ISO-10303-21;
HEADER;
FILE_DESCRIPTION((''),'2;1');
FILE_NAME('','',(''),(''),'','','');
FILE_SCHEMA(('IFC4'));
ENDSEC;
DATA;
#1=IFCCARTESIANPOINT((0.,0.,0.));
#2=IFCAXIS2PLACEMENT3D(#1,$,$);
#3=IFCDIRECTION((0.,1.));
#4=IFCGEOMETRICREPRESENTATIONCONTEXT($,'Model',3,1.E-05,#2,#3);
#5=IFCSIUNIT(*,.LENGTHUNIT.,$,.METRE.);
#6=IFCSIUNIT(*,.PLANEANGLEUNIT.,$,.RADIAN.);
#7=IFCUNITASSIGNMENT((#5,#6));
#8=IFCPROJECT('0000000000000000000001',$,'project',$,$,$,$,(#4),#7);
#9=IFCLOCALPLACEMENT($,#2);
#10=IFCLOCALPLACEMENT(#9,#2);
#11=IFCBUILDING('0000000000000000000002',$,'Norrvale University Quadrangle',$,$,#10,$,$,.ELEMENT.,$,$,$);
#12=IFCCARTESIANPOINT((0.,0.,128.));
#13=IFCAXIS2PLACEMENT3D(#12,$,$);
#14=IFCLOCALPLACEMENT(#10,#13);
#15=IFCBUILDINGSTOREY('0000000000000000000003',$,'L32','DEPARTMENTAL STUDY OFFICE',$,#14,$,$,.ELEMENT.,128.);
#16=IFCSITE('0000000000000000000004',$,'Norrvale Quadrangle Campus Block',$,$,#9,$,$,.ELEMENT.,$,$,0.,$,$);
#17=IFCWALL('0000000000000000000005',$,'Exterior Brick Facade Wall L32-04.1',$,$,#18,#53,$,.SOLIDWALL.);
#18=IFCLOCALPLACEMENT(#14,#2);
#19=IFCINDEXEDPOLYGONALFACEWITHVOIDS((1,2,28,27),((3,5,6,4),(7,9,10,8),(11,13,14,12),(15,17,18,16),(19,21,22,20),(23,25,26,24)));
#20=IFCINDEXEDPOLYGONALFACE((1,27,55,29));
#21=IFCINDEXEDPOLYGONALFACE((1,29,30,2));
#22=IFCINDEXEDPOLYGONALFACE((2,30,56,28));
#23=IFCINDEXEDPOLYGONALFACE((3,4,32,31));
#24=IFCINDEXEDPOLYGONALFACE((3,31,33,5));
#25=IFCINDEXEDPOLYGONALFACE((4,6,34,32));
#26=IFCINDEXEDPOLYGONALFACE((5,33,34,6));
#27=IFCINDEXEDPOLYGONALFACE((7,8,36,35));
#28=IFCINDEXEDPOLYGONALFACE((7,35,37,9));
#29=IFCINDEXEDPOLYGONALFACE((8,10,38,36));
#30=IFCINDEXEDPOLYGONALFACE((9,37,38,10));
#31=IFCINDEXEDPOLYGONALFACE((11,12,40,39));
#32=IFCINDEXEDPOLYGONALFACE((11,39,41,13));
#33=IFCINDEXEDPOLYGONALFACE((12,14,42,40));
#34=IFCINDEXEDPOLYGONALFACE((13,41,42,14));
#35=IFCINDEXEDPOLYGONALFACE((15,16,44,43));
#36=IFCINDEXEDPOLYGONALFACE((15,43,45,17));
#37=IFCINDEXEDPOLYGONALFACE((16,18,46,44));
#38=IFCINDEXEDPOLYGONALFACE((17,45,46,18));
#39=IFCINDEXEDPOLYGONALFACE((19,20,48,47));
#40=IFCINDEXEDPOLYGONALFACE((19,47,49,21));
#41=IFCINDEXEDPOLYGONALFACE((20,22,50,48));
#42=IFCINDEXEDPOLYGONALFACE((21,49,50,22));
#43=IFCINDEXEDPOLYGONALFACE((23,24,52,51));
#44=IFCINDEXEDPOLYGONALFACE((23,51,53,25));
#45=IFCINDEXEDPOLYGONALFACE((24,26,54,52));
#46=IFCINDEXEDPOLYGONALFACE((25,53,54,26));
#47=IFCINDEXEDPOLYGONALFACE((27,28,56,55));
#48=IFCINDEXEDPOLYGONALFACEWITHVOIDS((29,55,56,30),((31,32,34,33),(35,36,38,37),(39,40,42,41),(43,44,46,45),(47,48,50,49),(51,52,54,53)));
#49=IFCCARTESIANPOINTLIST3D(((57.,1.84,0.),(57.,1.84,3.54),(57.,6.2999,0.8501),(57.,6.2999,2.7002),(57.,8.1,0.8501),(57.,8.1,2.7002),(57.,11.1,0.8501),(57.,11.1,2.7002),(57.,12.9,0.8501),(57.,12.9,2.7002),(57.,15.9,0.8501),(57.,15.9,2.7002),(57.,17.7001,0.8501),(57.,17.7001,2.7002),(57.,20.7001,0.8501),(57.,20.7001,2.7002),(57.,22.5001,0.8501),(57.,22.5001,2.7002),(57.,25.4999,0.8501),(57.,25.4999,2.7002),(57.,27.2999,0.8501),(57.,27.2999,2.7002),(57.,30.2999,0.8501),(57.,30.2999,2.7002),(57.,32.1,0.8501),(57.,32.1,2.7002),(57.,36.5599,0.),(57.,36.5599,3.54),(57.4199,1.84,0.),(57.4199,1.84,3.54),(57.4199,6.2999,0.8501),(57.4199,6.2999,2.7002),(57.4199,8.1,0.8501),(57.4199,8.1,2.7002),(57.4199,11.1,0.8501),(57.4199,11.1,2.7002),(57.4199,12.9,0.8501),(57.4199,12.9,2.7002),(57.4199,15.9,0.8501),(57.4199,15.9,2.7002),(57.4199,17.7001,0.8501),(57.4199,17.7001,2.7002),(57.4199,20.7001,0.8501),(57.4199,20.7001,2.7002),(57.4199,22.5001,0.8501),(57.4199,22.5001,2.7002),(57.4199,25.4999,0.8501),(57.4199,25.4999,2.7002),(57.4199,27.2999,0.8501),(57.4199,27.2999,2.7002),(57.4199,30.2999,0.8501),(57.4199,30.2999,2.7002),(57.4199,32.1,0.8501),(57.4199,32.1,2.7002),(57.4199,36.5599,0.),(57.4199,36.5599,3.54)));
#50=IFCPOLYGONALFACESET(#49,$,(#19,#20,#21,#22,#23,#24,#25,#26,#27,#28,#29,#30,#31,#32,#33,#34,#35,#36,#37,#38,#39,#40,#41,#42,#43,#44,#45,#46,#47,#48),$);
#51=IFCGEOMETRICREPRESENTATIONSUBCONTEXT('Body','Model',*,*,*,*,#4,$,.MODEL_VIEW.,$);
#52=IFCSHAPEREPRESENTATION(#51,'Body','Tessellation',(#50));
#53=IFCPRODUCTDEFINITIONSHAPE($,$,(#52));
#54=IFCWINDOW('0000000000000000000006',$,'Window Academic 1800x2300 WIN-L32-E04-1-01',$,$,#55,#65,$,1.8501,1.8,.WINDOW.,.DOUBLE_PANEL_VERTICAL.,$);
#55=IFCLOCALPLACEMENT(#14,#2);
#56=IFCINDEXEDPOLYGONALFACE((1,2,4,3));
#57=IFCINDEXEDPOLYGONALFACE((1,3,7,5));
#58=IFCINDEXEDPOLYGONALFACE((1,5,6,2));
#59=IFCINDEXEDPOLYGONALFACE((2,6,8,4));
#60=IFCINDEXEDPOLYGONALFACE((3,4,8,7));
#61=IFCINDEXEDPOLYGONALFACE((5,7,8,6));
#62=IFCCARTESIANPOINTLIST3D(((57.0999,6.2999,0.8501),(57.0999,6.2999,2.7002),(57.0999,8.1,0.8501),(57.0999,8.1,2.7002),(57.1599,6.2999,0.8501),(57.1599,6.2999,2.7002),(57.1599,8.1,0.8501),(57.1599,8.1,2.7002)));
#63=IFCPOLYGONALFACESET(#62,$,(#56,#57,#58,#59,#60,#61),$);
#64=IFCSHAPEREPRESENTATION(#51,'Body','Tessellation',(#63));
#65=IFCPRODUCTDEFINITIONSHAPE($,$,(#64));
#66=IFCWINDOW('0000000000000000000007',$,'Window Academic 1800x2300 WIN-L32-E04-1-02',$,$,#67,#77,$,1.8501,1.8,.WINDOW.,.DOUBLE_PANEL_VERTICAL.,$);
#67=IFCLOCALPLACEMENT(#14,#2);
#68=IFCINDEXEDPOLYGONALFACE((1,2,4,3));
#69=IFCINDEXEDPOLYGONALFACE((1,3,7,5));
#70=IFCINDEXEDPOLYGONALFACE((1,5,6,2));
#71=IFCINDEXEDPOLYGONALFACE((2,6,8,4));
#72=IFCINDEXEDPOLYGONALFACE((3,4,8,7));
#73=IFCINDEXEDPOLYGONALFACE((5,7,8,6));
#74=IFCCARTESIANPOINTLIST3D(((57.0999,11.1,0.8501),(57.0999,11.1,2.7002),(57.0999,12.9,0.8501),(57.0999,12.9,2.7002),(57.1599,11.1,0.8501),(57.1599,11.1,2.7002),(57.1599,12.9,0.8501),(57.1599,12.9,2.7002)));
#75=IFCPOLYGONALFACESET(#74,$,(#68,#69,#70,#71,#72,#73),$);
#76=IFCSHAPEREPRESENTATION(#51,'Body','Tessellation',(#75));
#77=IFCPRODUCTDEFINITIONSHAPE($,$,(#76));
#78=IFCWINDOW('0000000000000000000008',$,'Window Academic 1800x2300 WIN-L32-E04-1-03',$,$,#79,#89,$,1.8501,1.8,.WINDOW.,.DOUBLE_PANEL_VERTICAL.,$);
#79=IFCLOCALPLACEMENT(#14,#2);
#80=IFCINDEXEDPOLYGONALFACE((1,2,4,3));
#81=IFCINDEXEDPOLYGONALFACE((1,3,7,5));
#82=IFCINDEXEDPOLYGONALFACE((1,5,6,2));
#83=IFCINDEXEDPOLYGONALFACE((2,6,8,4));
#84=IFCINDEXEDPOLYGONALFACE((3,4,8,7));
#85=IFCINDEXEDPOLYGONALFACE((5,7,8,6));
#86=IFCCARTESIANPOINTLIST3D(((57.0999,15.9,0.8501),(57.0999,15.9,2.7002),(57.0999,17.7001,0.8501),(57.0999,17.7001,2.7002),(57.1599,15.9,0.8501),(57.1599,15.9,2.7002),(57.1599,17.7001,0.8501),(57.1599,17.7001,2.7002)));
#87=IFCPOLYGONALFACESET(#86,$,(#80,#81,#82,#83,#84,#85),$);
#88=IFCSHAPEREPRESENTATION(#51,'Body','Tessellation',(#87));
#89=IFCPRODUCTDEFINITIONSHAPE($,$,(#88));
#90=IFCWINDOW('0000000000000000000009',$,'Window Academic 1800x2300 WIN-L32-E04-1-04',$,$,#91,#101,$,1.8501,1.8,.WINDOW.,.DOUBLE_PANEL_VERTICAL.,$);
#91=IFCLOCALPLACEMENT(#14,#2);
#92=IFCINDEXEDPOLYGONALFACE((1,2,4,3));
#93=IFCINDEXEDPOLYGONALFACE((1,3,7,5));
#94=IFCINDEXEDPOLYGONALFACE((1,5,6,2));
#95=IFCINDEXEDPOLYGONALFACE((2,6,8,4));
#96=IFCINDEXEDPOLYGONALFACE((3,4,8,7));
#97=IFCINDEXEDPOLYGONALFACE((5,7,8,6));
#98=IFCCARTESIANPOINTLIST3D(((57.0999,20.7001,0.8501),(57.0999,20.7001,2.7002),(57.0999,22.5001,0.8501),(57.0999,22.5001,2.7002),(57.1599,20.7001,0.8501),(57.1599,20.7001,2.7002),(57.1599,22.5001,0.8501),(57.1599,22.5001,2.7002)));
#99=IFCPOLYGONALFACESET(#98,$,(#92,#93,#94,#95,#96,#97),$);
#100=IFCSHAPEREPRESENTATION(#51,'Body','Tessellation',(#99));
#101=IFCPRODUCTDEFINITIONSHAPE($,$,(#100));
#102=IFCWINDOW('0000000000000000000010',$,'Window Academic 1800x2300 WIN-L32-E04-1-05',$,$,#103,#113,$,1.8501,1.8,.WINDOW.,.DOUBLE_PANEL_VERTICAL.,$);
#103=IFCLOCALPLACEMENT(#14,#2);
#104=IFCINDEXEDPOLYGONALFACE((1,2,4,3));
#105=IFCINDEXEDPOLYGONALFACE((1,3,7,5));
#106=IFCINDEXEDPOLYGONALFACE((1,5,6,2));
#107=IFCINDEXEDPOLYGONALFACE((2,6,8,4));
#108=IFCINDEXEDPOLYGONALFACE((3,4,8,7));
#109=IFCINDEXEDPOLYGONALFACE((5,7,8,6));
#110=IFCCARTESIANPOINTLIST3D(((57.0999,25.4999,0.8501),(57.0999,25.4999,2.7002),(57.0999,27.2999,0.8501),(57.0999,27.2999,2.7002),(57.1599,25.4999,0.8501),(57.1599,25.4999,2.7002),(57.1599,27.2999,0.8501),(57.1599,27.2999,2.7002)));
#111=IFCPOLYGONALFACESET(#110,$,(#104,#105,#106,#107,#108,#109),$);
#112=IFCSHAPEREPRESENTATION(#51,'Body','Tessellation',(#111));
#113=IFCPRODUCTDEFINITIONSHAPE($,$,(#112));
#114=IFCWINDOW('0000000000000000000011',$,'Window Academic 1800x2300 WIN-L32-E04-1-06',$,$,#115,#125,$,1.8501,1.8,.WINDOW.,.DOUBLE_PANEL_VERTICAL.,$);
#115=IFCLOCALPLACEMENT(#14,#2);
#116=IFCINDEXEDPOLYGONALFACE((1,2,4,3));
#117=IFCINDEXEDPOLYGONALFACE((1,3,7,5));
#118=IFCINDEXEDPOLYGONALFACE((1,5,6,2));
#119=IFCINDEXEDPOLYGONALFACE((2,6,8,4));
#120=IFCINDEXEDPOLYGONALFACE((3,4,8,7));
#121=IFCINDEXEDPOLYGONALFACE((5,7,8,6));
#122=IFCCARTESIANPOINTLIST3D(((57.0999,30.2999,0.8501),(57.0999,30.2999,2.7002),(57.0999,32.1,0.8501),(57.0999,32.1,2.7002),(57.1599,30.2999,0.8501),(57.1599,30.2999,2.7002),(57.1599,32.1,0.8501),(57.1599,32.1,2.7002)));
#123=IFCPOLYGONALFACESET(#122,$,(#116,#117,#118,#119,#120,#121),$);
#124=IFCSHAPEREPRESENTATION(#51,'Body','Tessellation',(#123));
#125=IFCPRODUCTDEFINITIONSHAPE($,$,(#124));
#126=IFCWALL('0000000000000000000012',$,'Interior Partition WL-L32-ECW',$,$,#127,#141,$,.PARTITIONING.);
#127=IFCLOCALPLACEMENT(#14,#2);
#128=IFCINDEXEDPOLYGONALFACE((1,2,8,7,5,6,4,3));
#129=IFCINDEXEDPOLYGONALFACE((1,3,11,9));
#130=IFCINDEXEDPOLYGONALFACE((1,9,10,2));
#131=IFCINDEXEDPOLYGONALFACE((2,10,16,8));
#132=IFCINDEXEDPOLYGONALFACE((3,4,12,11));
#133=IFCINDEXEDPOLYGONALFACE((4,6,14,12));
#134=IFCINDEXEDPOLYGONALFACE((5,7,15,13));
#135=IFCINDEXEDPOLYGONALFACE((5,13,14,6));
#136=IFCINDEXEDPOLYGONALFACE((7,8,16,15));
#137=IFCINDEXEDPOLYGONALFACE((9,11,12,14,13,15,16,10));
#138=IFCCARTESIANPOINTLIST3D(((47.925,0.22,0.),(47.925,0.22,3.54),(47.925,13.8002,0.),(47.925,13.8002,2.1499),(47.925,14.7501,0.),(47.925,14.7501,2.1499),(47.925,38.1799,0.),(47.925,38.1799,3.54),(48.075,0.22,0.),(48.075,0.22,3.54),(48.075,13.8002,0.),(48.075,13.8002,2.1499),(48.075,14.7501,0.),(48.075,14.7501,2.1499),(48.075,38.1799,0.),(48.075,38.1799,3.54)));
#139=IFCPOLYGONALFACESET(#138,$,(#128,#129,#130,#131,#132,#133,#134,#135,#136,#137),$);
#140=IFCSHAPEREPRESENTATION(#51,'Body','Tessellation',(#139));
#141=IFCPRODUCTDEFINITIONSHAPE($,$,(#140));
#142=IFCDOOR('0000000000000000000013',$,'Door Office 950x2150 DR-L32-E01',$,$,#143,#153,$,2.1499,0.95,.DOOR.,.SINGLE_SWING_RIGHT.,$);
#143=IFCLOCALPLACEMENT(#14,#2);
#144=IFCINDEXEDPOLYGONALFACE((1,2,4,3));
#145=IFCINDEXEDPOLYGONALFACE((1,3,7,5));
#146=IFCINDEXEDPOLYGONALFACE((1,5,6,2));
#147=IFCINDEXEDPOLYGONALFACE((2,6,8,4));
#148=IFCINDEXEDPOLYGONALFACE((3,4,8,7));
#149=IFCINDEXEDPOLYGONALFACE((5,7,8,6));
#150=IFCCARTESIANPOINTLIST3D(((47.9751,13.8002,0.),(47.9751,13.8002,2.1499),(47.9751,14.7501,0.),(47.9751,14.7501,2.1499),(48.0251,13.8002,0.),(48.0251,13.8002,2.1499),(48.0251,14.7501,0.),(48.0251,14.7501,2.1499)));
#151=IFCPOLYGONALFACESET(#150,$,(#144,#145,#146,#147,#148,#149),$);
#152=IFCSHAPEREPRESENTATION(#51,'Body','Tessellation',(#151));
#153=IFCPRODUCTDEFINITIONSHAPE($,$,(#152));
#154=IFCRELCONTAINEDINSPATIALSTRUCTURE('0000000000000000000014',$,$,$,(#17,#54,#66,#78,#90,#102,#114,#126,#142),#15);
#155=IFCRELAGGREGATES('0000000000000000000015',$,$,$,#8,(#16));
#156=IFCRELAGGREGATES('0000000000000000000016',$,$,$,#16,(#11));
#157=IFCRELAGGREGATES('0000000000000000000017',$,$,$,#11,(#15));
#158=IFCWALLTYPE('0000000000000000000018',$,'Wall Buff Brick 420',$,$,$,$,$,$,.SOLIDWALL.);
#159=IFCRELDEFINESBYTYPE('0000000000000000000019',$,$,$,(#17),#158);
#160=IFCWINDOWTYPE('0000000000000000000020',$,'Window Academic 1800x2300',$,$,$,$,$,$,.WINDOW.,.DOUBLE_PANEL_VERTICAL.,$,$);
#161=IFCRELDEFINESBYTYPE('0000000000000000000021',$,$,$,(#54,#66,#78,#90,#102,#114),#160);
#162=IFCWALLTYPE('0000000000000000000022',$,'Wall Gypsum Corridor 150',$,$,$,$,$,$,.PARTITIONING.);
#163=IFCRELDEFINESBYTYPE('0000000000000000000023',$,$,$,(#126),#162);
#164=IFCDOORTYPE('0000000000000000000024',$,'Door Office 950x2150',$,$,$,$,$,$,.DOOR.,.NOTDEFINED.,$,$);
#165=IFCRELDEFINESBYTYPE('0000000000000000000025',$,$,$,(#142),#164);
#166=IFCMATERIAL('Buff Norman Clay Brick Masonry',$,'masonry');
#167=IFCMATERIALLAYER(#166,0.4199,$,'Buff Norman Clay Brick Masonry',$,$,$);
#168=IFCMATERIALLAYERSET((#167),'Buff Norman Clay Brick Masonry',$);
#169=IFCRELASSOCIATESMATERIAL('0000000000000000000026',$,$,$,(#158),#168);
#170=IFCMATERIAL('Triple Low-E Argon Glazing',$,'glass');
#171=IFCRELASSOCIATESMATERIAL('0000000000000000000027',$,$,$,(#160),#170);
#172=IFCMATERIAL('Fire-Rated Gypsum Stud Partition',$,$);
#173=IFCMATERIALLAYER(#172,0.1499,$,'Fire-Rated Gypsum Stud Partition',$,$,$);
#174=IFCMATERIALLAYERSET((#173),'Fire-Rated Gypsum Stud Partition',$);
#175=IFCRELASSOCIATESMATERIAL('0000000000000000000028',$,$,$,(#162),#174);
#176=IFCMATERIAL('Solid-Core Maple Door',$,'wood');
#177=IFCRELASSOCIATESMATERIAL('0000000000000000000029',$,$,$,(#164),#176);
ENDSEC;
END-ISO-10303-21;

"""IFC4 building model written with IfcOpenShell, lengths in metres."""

from ifc_helpers import new_model, si_unit, direction, frame, frame_2d, origin, place, context, subcontext, project, spatial, rectangle, extrude, material, layer, layer_set, type_object, element, fill, save


model = new_model("IFC4")

# Units and contexts
model_context = context("Model", 3, precision=1e-05, world=origin(), true_north=direction((0.0, 1.0)))
body_context = subcontext(model_context, "Body", "Model", "MODEL_VIEW")
ifc_project = project(units=[si_unit("LENGTHUNIT", "METRE"), si_unit("PLANEANGLEUNIT", "RADIAN")], contexts=[model_context])

# Site, building, storey
site_placement = place(None, origin())
site = spatial("IfcSite", under=ifc_project, at=site_placement, Name="Norrvale Quadrangle Campus Block", CompositionType="ELEMENT", RefElevation=0.0)
building_placement = place(site_placement, origin())
building = spatial("IfcBuilding", under=site, at=building_placement, Name="Norrvale University Quadrangle", CompositionType="ELEMENT")
storey_placement = place(building_placement, frame((0.0, 0.0, 128.0)))
storey = spatial("IfcBuildingStorey", under=building, at=storey_placement, Name="L32", Description="DEPARTMENTAL STUDY OFFICE", CompositionType="ELEMENT", Elevation=128.0)

# Shared definitions
ifc_material_1 = material(Name="Buff Norman Clay Brick Masonry", Category="masonry")
ifc_layer_1 = layer(ifc_material_1, 0.4199, Name="Buff Norman Clay Brick Masonry")
ifc_layer_set_1 = layer_set([ifc_layer_1], Name="Buff Norman Clay Brick Masonry")
wall_type_1 = type_object("IfcWallType", Name="Wall Buff Brick 420", PredefinedType="SOLIDWALL", material=ifc_layer_set_1)

# Wall, openings, windows
wall_1_placement = place(storey_placement, frame((57.21, 1.8401, 0.0), z_axis=(0.0, 0.0, 1.0), x_axis=(0.0, 1.0, 0.0)))
wall_1 = element("IfcWall", 1, at=wall_1_placement, inside=storey, type_object=wall_type_1, Name="Exterior Brick Facade Wall L32-04.1", PredefinedType="SOLIDWALL", context=body_context, shape_type="SweptSolid", body=[
    extrude(rectangle(XDim=34.72, YDim=0.4199, at=frame_2d((17.3599, 0.0))), origin(), (0.0, 0.0, 1.0), 3.54),
])
opening_1_placement = place(wall_1_placement, frame((4.46, 0.0, 0.8501)))
opening_1 = element("IfcOpeningElement", 2, at=opening_1_placement, cuts=wall_1, PredefinedType="OPENING", context=body_context, shape_type="SweptSolid", body=[
    extrude(rectangle(XDim=1.8, YDim=1.8501, at=frame_2d((0.8999, 0.925))), frame((0.0, 0.2219, 0.0), z_axis=(0.0, -1.0, 0.0), x_axis=(1.0, 0.0, 0.0)), (0.0, 0.0, 1.0), 0.4438),
])
opening_2_placement = place(wall_1_placement, frame((9.26, 0.0, 0.8501)))
opening_2 = element("IfcOpeningElement", 3, at=opening_2_placement, cuts=wall_1, PredefinedType="OPENING", context=body_context, shape_type="SweptSolid", body=[
    extrude(rectangle(XDim=1.8, YDim=1.8501, at=frame_2d((0.8999, 0.925))), frame((0.0, 0.2219, 0.0), z_axis=(0.0, -1.0, 0.0), x_axis=(1.0, 0.0, 0.0)), (0.0, 0.0, 1.0), 0.4438),
])
opening_3_placement = place(wall_1_placement, frame((14.0601, 0.0, 0.8501)))
opening_3 = element("IfcOpeningElement", 4, at=opening_3_placement, cuts=wall_1, PredefinedType="OPENING", context=body_context, shape_type="SweptSolid", body=[
    extrude(rectangle(XDim=1.8, YDim=1.8501, at=frame_2d((0.8999, 0.925))), frame((0.0, 0.2219, 0.0), z_axis=(0.0, -1.0, 0.0), x_axis=(1.0, 0.0, 0.0)), (0.0, 0.0, 1.0), 0.4438),
])
opening_4_placement = place(wall_1_placement, frame((18.8601, 0.0, 0.8501)))
opening_4 = element("IfcOpeningElement", 5, at=opening_4_placement, cuts=wall_1, PredefinedType="OPENING", context=body_context, shape_type="SweptSolid", body=[
    extrude(rectangle(XDim=1.8, YDim=1.8501, at=frame_2d((0.8999, 0.925))), frame((0.0, 0.2219, 0.0), z_axis=(0.0, -1.0, 0.0), x_axis=(1.0, 0.0, 0.0)), (0.0, 0.0, 1.0), 0.4438),
])
opening_5_placement = place(wall_1_placement, frame((23.6599, 0.0, 0.8501)))
opening_5 = element("IfcOpeningElement", 6, at=opening_5_placement, cuts=wall_1, PredefinedType="OPENING", context=body_context, shape_type="SweptSolid", body=[
    extrude(rectangle(XDim=1.8, YDim=1.8501, at=frame_2d((0.8999, 0.925))), frame((0.0, 0.2219, 0.0), z_axis=(0.0, -1.0, 0.0), x_axis=(1.0, 0.0, 0.0)), (0.0, 0.0, 1.0), 0.4438),
])
opening_6_placement = place(wall_1_placement, frame((28.46, 0.0, 0.8501)))
opening_6 = element("IfcOpeningElement", 7, at=opening_6_placement, cuts=wall_1, PredefinedType="OPENING", context=body_context, shape_type="SweptSolid", body=[
    extrude(rectangle(XDim=1.8, YDim=1.8501, at=frame_2d((0.8999, 0.925))), frame((0.0, 0.2219, 0.0), z_axis=(0.0, -1.0, 0.0), x_axis=(1.0, 0.0, 0.0)), (0.0, 0.0, 1.0), 0.4438),
])
ifc_material_2 = material(Name="Triple Low-E Argon Glazing", Category="glass")
window_type = type_object("IfcWindowType", Name="Window Academic 1800x2300", PartitioningType="DOUBLE_PANEL_VERTICAL", PredefinedType="WINDOW", material=ifc_material_2)
window_1_placement = place(opening_1_placement, origin())
window_1 = element("IfcWindow", 8, at=window_1_placement, inside=storey, type_object=window_type, Name="Window Academic 1800x2300 WIN-L32-E04-1-01", OverallHeight=1.8501, OverallWidth=1.8, PartitioningType="DOUBLE_PANEL_VERTICAL", PredefinedType="WINDOW", context=body_context, shape_type="SweptSolid", body=[
    extrude(rectangle(XDim=1.8, YDim=1.8501, at=frame_2d((0.8999, 0.925))), frame((0.0, 0.1101, 0.0), z_axis=(0.0, -1.0, 0.0), x_axis=(1.0, 0.0, 0.0)), (0.0, 0.0, 1.0), 0.0601),
])
fill(opening_1, window_1)
window_2_placement = place(opening_2_placement, origin())
window_2 = element("IfcWindow", 9, at=window_2_placement, inside=storey, type_object=window_type, Name="Window Academic 1800x2300 WIN-L32-E04-1-02", OverallHeight=1.8501, OverallWidth=1.8, PartitioningType="DOUBLE_PANEL_VERTICAL", PredefinedType="WINDOW", context=body_context, shape_type="SweptSolid", body=[
    extrude(rectangle(XDim=1.8, YDim=1.8501, at=frame_2d((0.8999, 0.925))), frame((0.0, 0.1101, 0.0), z_axis=(0.0, -1.0, 0.0), x_axis=(1.0, 0.0, 0.0)), (0.0, 0.0, 1.0), 0.0601),
])
fill(opening_2, window_2)
window_3_placement = place(opening_3_placement, origin())
window_3 = element("IfcWindow", 10, at=window_3_placement, inside=storey, type_object=window_type, Name="Window Academic 1800x2300 WIN-L32-E04-1-03", OverallHeight=1.8501, OverallWidth=1.8, PartitioningType="DOUBLE_PANEL_VERTICAL", PredefinedType="WINDOW", context=body_context, shape_type="SweptSolid", body=[
    extrude(rectangle(XDim=1.8, YDim=1.8501, at=frame_2d((0.8999, 0.925))), frame((0.0, 0.1101, 0.0), z_axis=(0.0, -1.0, 0.0), x_axis=(1.0, 0.0, 0.0)), (0.0, 0.0, 1.0), 0.0601),
])
fill(opening_3, window_3)
window_4_placement = place(opening_4_placement, origin())
window_4 = element("IfcWindow", 11, at=window_4_placement, inside=storey, type_object=window_type, Name="Window Academic 1800x2300 WIN-L32-E04-1-04", OverallHeight=1.8501, OverallWidth=1.8, PartitioningType="DOUBLE_PANEL_VERTICAL", PredefinedType="WINDOW", context=body_context, shape_type="SweptSolid", body=[
    extrude(rectangle(XDim=1.8, YDim=1.8501, at=frame_2d((0.8999, 0.925))), frame((0.0, 0.1101, 0.0), z_axis=(0.0, -1.0, 0.0), x_axis=(1.0, 0.0, 0.0)), (0.0, 0.0, 1.0), 0.0601),
])
fill(opening_4, window_4)
window_5_placement = place(opening_5_placement, origin())
window_5 = element("IfcWindow", 12, at=window_5_placement, inside=storey, type_object=window_type, Name="Window Academic 1800x2300 WIN-L32-E04-1-05", OverallHeight=1.8501, OverallWidth=1.8, PartitioningType="DOUBLE_PANEL_VERTICAL", PredefinedType="WINDOW", context=body_context, shape_type="SweptSolid", body=[
    extrude(rectangle(XDim=1.8, YDim=1.8501, at=frame_2d((0.8999, 0.925))), frame((0.0, 0.1101, 0.0), z_axis=(0.0, -1.0, 0.0), x_axis=(1.0, 0.0, 0.0)), (0.0, 0.0, 1.0), 0.0601),
])
fill(opening_5, window_5)
window_6_placement = place(opening_6_placement, origin())
window_6 = element("IfcWindow", 13, at=window_6_placement, inside=storey, type_object=window_type, Name="Window Academic 1800x2300 WIN-L32-E04-1-06", OverallHeight=1.8501, OverallWidth=1.8, PartitioningType="DOUBLE_PANEL_VERTICAL", PredefinedType="WINDOW", context=body_context, shape_type="SweptSolid", body=[
    extrude(rectangle(XDim=1.8, YDim=1.8501, at=frame_2d((0.8999, 0.925))), frame((0.0, 0.1101, 0.0), z_axis=(0.0, -1.0, 0.0), x_axis=(1.0, 0.0, 0.0)), (0.0, 0.0, 1.0), 0.0601),
])
fill(opening_6, window_6)

# Wall, opening, door
ifc_material_3 = material(Name="Fire-Rated Gypsum Stud Partition")
ifc_layer_2 = layer(ifc_material_3, 0.1499, Name="Fire-Rated Gypsum Stud Partition")
ifc_layer_set_2 = layer_set([ifc_layer_2], Name="Fire-Rated Gypsum Stud Partition")
wall_type_2 = type_object("IfcWallType", Name="Wall Gypsum Corridor 150", PredefinedType="PARTITIONING", material=ifc_layer_set_2)
wall_2_placement = place(storey_placement, frame((48.0, 0.22, 0.0), z_axis=(0.0, 0.0, 1.0), x_axis=(0.0, 1.0, 0.0)))
wall_2 = element("IfcWall", 14, at=wall_2_placement, inside=storey, type_object=wall_type_2, Name="Interior Partition WL-L32-ECW", PredefinedType="PARTITIONING", context=body_context, shape_type="SweptSolid", body=[
    extrude(rectangle(XDim=37.96, YDim=0.1499, at=frame_2d((18.98, 0.0))), origin(), (0.0, 0.0, 1.0), 3.54),
])
opening_7_placement = place(wall_2_placement, frame((13.5801, 0.0, 0.0)))
opening_7 = element("IfcOpeningElement", 15, at=opening_7_placement, cuts=wall_2, PredefinedType="OPENING", context=body_context, shape_type="SweptSolid", body=[
    extrude(rectangle(XDim=0.95, YDim=2.1499, at=frame_2d((0.4751, 1.075))), frame((0.0, 0.0869, 0.0), z_axis=(0.0, -1.0, 0.0), x_axis=(1.0, 0.0, 0.0)), (0.0, 0.0, 1.0), 0.1738),
])
ifc_material_4 = material(Name="Solid-Core Maple Door", Category="wood")
door_type = type_object("IfcDoorType", Name="Door Office 950x2150", OperationType="NOTDEFINED", PredefinedType="DOOR", material=ifc_material_4)
door_placement = place(opening_7_placement, origin())
door = element("IfcDoor", 16, at=door_placement, inside=storey, type_object=door_type, Name="Door Office 950x2150 DR-L32-E01", OperationType="SINGLE_SWING_RIGHT", OverallHeight=2.1499, OverallWidth=0.95, PredefinedType="DOOR", context=body_context, shape_type="SweptSolid", body=[
    extrude(rectangle(XDim=0.95, YDim=2.1499, at=frame_2d((0.4751, 1.075))), frame((0.0, 0.0249, 0.0), z_axis=(0.0, -1.0, 0.0), x_axis=(1.0, 0.0, 0.0)), (0.0, 0.0, 1.0), 0.05),
])
fill(opening_7, door)

save(model, "model.ifc")
